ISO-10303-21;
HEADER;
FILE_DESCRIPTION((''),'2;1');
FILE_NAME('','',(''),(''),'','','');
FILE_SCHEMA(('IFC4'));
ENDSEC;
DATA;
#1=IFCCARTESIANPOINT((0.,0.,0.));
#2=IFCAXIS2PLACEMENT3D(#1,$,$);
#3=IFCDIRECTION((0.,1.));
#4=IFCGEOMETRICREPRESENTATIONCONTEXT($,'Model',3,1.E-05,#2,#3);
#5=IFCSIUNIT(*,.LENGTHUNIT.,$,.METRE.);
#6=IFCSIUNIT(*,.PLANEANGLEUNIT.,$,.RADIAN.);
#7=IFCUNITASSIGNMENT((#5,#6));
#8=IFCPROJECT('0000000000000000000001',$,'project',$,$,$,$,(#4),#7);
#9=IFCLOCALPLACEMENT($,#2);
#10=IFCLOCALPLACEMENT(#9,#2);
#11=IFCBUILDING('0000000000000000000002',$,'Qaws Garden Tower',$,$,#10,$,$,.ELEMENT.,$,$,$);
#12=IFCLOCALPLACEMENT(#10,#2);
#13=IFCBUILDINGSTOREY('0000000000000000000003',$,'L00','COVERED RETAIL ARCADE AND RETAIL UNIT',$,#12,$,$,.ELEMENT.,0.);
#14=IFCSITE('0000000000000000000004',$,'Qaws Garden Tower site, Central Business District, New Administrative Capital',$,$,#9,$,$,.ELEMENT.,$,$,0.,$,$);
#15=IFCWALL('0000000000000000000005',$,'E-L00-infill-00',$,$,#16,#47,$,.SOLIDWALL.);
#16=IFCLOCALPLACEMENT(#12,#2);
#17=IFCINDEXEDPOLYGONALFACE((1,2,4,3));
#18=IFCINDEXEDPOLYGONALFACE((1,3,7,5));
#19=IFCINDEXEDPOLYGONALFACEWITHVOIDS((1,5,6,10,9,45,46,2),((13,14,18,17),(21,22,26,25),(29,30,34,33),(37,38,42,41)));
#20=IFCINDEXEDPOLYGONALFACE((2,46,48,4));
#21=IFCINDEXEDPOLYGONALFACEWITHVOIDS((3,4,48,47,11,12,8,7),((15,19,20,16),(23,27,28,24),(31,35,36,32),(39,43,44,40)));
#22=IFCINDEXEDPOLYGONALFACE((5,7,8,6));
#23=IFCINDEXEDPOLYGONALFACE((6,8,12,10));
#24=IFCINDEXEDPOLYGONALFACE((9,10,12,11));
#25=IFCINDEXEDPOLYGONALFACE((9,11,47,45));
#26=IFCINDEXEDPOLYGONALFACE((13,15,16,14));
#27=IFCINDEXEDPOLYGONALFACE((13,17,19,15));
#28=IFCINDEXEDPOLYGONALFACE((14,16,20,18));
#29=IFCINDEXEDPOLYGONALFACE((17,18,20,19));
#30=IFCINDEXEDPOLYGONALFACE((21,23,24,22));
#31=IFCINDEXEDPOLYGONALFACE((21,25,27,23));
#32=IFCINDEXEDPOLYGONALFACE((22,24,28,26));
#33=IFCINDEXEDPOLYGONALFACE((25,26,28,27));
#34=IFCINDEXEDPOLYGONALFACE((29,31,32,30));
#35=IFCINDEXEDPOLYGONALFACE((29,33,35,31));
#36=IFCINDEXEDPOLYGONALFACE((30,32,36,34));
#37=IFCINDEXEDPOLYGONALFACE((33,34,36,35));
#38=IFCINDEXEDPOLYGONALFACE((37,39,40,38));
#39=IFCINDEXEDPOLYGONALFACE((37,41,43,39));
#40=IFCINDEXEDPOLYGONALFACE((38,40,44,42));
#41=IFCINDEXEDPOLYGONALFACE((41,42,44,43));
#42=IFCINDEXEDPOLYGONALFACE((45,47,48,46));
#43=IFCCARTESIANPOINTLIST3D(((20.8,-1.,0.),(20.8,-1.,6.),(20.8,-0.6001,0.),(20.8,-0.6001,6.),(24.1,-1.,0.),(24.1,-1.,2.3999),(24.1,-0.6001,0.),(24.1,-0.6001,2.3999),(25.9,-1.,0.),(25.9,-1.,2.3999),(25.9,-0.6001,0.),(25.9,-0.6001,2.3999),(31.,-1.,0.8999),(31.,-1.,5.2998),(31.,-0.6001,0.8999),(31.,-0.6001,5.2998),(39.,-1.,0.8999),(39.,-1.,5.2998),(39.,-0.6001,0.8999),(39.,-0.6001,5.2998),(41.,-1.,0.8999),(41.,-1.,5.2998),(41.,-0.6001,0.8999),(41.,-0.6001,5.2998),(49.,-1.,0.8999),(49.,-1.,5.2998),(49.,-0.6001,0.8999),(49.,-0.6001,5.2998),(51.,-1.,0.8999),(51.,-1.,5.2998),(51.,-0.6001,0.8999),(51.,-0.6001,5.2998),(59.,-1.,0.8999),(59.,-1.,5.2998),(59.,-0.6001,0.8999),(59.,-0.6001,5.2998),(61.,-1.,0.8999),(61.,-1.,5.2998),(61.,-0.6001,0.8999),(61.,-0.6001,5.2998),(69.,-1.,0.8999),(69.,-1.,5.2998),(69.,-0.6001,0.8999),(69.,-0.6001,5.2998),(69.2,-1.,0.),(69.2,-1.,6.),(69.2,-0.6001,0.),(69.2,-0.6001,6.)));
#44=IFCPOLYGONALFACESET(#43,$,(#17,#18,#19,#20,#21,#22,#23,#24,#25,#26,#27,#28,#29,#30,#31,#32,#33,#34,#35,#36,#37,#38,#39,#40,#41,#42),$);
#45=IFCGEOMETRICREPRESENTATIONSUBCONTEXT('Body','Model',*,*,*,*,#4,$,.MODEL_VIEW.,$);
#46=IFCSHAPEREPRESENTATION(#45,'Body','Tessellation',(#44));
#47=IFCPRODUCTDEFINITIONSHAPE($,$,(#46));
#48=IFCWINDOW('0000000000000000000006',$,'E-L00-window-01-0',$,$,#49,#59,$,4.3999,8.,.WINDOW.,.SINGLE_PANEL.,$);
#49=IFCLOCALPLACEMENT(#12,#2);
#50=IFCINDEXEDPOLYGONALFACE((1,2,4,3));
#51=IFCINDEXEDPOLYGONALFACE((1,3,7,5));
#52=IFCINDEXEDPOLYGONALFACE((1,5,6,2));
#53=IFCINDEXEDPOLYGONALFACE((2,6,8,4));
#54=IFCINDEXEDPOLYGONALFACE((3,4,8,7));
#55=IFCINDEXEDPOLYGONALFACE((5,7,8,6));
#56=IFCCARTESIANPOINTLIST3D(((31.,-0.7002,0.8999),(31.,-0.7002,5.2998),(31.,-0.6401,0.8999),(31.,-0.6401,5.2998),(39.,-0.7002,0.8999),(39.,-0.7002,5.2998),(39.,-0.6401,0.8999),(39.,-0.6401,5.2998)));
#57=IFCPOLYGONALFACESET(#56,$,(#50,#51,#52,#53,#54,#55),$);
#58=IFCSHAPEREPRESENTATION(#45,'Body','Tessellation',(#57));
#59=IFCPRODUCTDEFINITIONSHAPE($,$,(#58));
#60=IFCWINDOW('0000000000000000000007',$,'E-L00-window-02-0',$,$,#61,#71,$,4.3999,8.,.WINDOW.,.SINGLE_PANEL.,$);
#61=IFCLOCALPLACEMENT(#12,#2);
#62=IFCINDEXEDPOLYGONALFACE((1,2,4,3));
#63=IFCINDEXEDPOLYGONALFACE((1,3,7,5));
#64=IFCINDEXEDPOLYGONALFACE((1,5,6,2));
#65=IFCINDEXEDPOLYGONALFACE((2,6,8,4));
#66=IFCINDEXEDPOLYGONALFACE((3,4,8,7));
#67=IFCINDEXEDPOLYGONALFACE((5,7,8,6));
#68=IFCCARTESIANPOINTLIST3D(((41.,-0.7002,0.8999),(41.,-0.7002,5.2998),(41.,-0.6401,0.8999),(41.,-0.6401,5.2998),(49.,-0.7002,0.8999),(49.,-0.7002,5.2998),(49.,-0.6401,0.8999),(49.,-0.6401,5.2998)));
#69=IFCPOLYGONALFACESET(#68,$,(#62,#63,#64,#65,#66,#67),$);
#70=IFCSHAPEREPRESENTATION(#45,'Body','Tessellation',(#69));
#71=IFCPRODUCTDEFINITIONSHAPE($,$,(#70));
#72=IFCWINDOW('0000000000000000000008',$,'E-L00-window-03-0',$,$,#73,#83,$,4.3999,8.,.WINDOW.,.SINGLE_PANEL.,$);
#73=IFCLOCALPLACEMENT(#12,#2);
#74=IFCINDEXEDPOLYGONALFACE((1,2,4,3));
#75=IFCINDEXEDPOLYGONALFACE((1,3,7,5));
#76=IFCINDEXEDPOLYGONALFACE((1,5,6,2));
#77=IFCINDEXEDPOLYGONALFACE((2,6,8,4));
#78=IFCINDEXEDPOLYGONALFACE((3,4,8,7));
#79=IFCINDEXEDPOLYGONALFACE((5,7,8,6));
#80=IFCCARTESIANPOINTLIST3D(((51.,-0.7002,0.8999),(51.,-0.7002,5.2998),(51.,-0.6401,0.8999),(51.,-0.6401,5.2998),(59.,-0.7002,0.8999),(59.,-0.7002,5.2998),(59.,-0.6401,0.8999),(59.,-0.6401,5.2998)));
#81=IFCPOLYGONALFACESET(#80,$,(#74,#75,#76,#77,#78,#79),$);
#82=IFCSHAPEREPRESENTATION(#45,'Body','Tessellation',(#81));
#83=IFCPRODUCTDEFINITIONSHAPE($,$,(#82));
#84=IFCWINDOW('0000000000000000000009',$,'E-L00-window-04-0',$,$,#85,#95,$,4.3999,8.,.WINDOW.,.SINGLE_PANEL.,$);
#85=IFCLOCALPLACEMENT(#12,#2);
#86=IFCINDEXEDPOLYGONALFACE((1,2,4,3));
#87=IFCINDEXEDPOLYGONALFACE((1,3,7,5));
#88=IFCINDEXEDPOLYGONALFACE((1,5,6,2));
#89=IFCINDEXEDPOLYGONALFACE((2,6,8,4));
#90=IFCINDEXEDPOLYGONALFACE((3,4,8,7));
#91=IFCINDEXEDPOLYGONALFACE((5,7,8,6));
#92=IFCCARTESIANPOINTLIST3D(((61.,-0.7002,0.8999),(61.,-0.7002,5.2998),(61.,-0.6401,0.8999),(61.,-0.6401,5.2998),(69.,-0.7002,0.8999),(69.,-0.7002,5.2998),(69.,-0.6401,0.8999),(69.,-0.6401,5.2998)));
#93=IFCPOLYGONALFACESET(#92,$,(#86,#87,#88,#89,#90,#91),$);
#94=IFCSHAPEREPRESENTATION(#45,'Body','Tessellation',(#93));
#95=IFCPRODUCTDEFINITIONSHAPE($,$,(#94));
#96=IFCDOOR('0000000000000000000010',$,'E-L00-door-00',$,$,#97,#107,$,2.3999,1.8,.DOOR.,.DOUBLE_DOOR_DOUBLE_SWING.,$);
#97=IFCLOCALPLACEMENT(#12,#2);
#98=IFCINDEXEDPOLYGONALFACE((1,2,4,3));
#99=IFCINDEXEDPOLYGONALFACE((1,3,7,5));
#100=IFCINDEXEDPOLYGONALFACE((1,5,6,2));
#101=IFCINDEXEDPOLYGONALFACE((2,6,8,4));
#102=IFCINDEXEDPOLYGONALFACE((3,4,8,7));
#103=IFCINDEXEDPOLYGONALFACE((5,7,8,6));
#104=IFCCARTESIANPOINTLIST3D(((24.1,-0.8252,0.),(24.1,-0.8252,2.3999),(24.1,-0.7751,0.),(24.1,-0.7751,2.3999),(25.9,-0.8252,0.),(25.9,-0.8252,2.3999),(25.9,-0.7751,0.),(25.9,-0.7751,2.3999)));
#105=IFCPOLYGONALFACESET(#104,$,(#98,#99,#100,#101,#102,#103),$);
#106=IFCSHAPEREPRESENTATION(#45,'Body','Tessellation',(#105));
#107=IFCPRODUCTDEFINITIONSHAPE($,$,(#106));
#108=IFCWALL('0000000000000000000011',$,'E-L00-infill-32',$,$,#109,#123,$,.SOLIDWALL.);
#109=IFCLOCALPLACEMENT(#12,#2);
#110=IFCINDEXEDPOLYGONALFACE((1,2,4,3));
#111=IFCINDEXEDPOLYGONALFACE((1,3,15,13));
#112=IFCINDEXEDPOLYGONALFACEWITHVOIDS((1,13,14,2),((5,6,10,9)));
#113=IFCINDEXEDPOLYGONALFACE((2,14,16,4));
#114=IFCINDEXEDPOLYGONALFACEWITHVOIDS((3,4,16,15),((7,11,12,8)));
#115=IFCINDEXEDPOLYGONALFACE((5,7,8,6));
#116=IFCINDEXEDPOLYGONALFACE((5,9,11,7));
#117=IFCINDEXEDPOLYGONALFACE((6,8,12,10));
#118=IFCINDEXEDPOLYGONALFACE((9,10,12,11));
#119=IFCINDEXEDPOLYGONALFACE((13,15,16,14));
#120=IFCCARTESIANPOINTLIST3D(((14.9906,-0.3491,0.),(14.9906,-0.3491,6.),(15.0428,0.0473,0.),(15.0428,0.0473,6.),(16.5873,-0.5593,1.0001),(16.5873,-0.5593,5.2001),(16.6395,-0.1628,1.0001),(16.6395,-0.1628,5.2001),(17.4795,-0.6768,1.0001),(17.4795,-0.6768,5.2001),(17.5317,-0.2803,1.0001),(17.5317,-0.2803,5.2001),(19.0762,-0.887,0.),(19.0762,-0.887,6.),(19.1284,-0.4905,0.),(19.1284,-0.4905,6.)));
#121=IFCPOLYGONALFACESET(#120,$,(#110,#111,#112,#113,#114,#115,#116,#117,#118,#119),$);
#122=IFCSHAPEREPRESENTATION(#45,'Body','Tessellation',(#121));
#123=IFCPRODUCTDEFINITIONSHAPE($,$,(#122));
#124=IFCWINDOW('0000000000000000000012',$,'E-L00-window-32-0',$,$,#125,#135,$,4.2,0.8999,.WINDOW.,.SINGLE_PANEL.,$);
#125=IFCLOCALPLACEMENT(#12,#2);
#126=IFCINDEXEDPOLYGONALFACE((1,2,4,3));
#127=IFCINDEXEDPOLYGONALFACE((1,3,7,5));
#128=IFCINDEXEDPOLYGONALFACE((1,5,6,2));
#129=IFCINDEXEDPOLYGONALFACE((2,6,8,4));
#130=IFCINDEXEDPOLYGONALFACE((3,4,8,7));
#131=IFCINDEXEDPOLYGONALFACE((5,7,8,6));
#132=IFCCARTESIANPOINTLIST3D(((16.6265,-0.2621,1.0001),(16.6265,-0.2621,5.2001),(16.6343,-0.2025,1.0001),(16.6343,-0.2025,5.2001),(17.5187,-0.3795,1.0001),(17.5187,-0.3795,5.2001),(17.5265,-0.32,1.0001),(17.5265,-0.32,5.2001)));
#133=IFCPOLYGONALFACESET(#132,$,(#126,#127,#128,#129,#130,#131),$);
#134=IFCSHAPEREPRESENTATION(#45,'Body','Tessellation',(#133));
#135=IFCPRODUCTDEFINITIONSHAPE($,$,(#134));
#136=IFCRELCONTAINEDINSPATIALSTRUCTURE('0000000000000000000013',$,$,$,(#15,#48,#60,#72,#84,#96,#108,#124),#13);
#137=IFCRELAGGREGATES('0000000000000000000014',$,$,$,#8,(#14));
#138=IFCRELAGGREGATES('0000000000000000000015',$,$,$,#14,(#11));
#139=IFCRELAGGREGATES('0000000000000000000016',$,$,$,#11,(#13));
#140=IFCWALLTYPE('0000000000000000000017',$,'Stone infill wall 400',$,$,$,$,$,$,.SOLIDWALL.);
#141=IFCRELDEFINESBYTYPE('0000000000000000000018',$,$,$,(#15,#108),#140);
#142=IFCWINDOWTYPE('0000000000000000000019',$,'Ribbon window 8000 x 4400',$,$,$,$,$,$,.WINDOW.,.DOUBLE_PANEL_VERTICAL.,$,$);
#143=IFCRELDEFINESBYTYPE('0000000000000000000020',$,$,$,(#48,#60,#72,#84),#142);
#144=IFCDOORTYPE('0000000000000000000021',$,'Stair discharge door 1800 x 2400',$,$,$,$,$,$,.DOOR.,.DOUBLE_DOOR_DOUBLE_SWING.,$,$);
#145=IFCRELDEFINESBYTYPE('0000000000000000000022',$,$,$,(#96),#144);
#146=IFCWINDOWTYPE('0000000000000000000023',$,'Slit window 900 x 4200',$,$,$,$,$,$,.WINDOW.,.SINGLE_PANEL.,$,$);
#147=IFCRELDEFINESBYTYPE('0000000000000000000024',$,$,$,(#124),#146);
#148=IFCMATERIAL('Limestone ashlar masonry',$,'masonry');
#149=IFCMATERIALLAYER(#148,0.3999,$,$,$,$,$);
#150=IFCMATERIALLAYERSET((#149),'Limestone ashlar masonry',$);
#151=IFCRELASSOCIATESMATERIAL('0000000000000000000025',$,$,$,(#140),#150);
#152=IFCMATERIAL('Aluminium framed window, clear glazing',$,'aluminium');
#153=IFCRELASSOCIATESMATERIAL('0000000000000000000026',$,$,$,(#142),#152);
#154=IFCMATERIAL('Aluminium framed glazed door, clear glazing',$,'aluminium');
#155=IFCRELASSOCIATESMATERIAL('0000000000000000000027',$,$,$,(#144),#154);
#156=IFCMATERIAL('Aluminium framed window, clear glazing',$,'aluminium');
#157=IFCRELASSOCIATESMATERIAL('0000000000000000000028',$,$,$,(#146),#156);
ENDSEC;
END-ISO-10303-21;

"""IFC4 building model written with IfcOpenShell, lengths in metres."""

from ifc_helpers import new_model, si_unit, direction, frame, frame_2d, origin, place, context, subcontext, project, spatial, rectangle, extrude, material, layer, layer_set, type_object, element, fill, save


model = new_model("IFC4")

# Units and contexts
model_context = context("Model", 3, precision=1e-05, world=origin(), true_north=direction((0.0, 1.0)))
body_context = subcontext(model_context, "Body", "Model", "MODEL_VIEW")
ifc_project = project(units=[si_unit("LENGTHUNIT", "METRE"), si_unit("PLANEANGLEUNIT", "RADIAN")], contexts=[model_context])

# Site, building, storey
site_placement = place(None, origin())
site = spatial("IfcSite", under=ifc_project, at=site_placement, Name="Qaws Garden Tower site, Central Business District, New Administrative Capital", CompositionType="ELEMENT", RefElevation=0.0)
building_placement = place(site_placement, origin())
building = spatial("IfcBuilding", under=site, at=building_placement, Name="Qaws Garden Tower", CompositionType="ELEMENT")
storey_placement = place(building_placement, origin())
storey = spatial("IfcBuildingStorey", under=building, at=storey_placement, Name="L00", Description="COVERED RETAIL ARCADE AND RETAIL UNIT", CompositionType="ELEMENT", Elevation=0.0)

# Wall, openings, windows, door
ifc_material_1 = material(Name="Limestone ashlar masonry", Category="masonry")
ifc_layer_1 = layer(ifc_material_1, 0.3999)
ifc_layer_set_1 = layer_set([ifc_layer_1], Name="Limestone ashlar masonry")
wall_type_1 = type_object("IfcWallType", Name="Stone infill wall 400", PredefinedType="SOLIDWALL", material=ifc_layer_set_1)
wall_1_placement = place(storey_placement, frame((20.8, -0.8, 0.0), z_axis=(0.0, 0.0, 1.0), x_axis=(1.0, 0.0, 0.0)))
wall_1 = element("IfcWall", 1, at=wall_1_placement, inside=storey, type_object=wall_type_1, Name="E-L00-infill-00", PredefinedType="SOLIDWALL", context=body_context, shape_type="SweptSolid", body=[
    extrude(rectangle(XDim=48.3999, YDim=0.3999, at=frame_2d((24.2, 0.0))), origin(), (0.0, 0.0, 1.0), 6.0),
])
opening_1_placement = place(wall_1_placement, frame((3.3, 0.0, 0.0)))
opening_1 = element("IfcOpeningElement", 2, at=opening_1_placement, cuts=wall_1, PredefinedType="OPENING", context=body_context, shape_type="SweptSolid", body=[
    extrude(rectangle(XDim=1.8, YDim=2.3999, at=frame_2d((0.8999, 1.2))), frame((0.0, 0.21, 0.0), z_axis=(0.0, -1.0, 0.0), x_axis=(1.0, 0.0, 0.0)), (0.0, 0.0, 1.0), 0.4199),
])
opening_2_placement = place(wall_1_placement, frame((10.2, 0.0, 0.8999)))
opening_2 = element("IfcOpeningElement", 3, at=opening_2_placement, cuts=wall_1, PredefinedType="OPENING", context=body_context, shape_type="SweptSolid", body=[
    extrude(rectangle(XDim=8.0, YDim=4.3999, at=frame_2d((4.0, 2.2))), frame((0.0, 0.21, 0.0), z_axis=(0.0, -1.0, 0.0), x_axis=(1.0, 0.0, 0.0)), (0.0, 0.0, 1.0), 0.4199),
])
opening_3_placement = place(wall_1_placement, frame((20.2, 0.0, 0.8999)))
opening_3 = element("IfcOpeningElement", 4, at=opening_3_placement, cuts=wall_1, PredefinedType="OPENING", context=body_context, shape_type="SweptSolid", body=[
    extrude(rectangle(XDim=8.0, YDim=4.3999, at=frame_2d((4.0, 2.2))), frame((0.0, 0.21, 0.0), z_axis=(0.0, -1.0, 0.0), x_axis=(1.0, 0.0, 0.0)), (0.0, 0.0, 1.0), 0.4199),
])
opening_4_placement = place(wall_1_placement, frame((30.2, 0.0, 0.8999)))
opening_4 = element("IfcOpeningElement", 5, at=opening_4_placement, cuts=wall_1, PredefinedType="OPENING", context=body_context, shape_type="SweptSolid", body=[
    extrude(rectangle(XDim=8.0, YDim=4.3999, at=frame_2d((4.0, 2.2))), frame((0.0, 0.21, 0.0), z_axis=(0.0, -1.0, 0.0), x_axis=(1.0, 0.0, 0.0)), (0.0, 0.0, 1.0), 0.4199),
])
opening_5_placement = place(wall_1_placement, frame((40.2, 0.0, 0.8999)))
opening_5 = element("IfcOpeningElement", 6, at=opening_5_placement, cuts=wall_1, PredefinedType="OPENING", context=body_context, shape_type="SweptSolid", body=[
    extrude(rectangle(XDim=8.0, YDim=4.3999, at=frame_2d((4.0, 2.2))), frame((0.0, 0.21, 0.0), z_axis=(0.0, -1.0, 0.0), x_axis=(1.0, 0.0, 0.0)), (0.0, 0.0, 1.0), 0.4199),
])
ifc_material_2 = material(Name="Aluminium framed window, clear glazing", Category="aluminium")
window_type_1 = type_object("IfcWindowType", Name="Ribbon window 8000 x 4400", PartitioningType="DOUBLE_PANEL_VERTICAL", PredefinedType="WINDOW", material=ifc_material_2)
window_1_placement = place(opening_2_placement, origin())
window_1 = element("IfcWindow", 7, at=window_1_placement, inside=storey, type_object=window_type_1, Name="E-L00-window-01-0", OverallHeight=4.3999, OverallWidth=8.0, PartitioningType="SINGLE_PANEL", PredefinedType="WINDOW", context=body_context, shape_type="SweptSolid", body=[
    extrude(rectangle(XDim=8.0, YDim=4.3999, at=frame_2d((4.0, 2.2))), frame((0.0, 0.1599, 0.0), z_axis=(0.0, -1.0, 0.0), x_axis=(1.0, 0.0, 0.0)), (0.0, 0.0, 1.0), 0.0601),
])
fill(opening_2, window_1)
window_2_placement = place(opening_3_placement, origin())
window_2 = element("IfcWindow", 8, at=window_2_placement, inside=storey, type_object=window_type_1, Name="E-L00-window-02-0", OverallHeight=4.3999, OverallWidth=8.0, PartitioningType="SINGLE_PANEL", PredefinedType="WINDOW", context=body_context, shape_type="SweptSolid", body=[
    extrude(rectangle(XDim=8.0, YDim=4.3999, at=frame_2d((4.0, 2.2))), frame((0.0, 0.1599, 0.0), z_axis=(0.0, -1.0, 0.0), x_axis=(1.0, 0.0, 0.0)), (0.0, 0.0, 1.0), 0.0601),
])
fill(opening_3, window_2)
window_3_placement = place(opening_4_placement, origin())
window_3 = element("IfcWindow", 9, at=window_3_placement, inside=storey, type_object=window_type_1, Name="E-L00-window-03-0", OverallHeight=4.3999, OverallWidth=8.0, PartitioningType="SINGLE_PANEL", PredefinedType="WINDOW", context=body_context, shape_type="SweptSolid", body=[
    extrude(rectangle(XDim=8.0, YDim=4.3999, at=frame_2d((4.0, 2.2))), frame((0.0, 0.1599, 0.0), z_axis=(0.0, -1.0, 0.0), x_axis=(1.0, 0.0, 0.0)), (0.0, 0.0, 1.0), 0.0601),
])
fill(opening_4, window_3)
window_4_placement = place(opening_5_placement, origin())
window_4 = element("IfcWindow", 10, at=window_4_placement, inside=storey, type_object=window_type_1, Name="E-L00-window-04-0", OverallHeight=4.3999, OverallWidth=8.0, PartitioningType="SINGLE_PANEL", PredefinedType="WINDOW", context=body_context, shape_type="SweptSolid", body=[
    extrude(rectangle(XDim=8.0, YDim=4.3999, at=frame_2d((4.0, 2.2))), frame((0.0, 0.1599, 0.0), z_axis=(0.0, -1.0, 0.0), x_axis=(1.0, 0.0, 0.0)), (0.0, 0.0, 1.0), 0.0601),
])
fill(opening_5, window_4)
ifc_material_3 = material(Name="Aluminium framed glazed door, clear glazing", Category="aluminium")
door_type_1 = type_object("IfcDoorType", Name="Stair discharge door 1800 x 2400", OperationType="DOUBLE_DOOR_DOUBLE_SWING", PredefinedType="DOOR", material=ifc_material_3)
door_1_placement = place(opening_1_placement, origin())
door_1 = element("IfcDoor", 11, at=door_1_placement, inside=storey, type_object=door_type_1, Name="E-L00-door-00", OperationType="DOUBLE_DOOR_DOUBLE_SWING", OverallHeight=2.3999, OverallWidth=1.8, PredefinedType="DOOR", context=body_context, shape_type="SweptSolid", body=[
    extrude(rectangle(XDim=1.8, YDim=2.3999, at=frame_2d((0.8999, 1.2))), frame((0.0, 0.0249, 0.0), z_axis=(0.0, -1.0, 0.0), x_axis=(1.0, 0.0, 0.0)), (0.0, 0.0, 1.0), 0.05),
])
fill(opening_1, door_1)

# Wall, opening, window
wall_2_placement = place(storey_placement, frame((15.0166, -0.1509, 0.0), z_axis=(0.0, 0.0, 1.0), x_axis=(0.991446, -0.130514, 0.0)))
wall_2 = element("IfcWall", 12, at=wall_2_placement, inside=storey, type_object=wall_type_1, Name="E-L00-infill-32", PredefinedType="SOLIDWALL", context=body_context, shape_type="SweptSolid", body=[
    extrude(rectangle(XDim=4.1208, YDim=0.3999, at=frame_2d((2.0605, 0.0))), origin(), (0.0, 0.0, 1.0), 6.0),
])
opening_6_placement = place(wall_2_placement, frame((1.6106, 0.0, 1.0)))
opening_6 = element("IfcOpeningElement", 13, at=opening_6_placement, cuts=wall_2, PredefinedType="OPENING", context=body_context, shape_type="SweptSolid", body=[
    extrude(rectangle(XDim=0.8999, YDim=4.2, at=frame_2d((0.45, 2.1001))), frame((0.0, 0.21, 0.0), z_axis=(0.0, -1.0, 0.0), x_axis=(1.0, 0.0, 0.0)), (0.0, 0.0, 1.0), 0.4199),
])
ifc_material_4 = material(Name="Aluminium framed window, clear glazing", Category="aluminium")
window_type_2 = type_object("IfcWindowType", Name="Slit window 900 x 4200", PartitioningType="SINGLE_PANEL", PredefinedType="WINDOW", material=ifc_material_4)
window_5_placement = place(opening_6_placement, origin())
window_5 = element("IfcWindow", 14, at=window_5_placement, inside=storey, type_object=window_type_2, Name="E-L00-window-32-0", OverallHeight=4.2, OverallWidth=0.8999, PartitioningType="SINGLE_PANEL", PredefinedType="WINDOW", context=body_context, shape_type="SweptSolid", body=[
    extrude(rectangle(XDim=0.8999, YDim=4.2, at=frame_2d((0.45, 2.1001))), frame((0.0, 0.1599, 0.0), z_axis=(0.0, -1.0, 0.0), x_axis=(1.0, 0.0, 0.0)), (0.0, 0.0, 1.0), 0.0601),
])
fill(opening_6, window_5)

save(model, "model.ifc")
